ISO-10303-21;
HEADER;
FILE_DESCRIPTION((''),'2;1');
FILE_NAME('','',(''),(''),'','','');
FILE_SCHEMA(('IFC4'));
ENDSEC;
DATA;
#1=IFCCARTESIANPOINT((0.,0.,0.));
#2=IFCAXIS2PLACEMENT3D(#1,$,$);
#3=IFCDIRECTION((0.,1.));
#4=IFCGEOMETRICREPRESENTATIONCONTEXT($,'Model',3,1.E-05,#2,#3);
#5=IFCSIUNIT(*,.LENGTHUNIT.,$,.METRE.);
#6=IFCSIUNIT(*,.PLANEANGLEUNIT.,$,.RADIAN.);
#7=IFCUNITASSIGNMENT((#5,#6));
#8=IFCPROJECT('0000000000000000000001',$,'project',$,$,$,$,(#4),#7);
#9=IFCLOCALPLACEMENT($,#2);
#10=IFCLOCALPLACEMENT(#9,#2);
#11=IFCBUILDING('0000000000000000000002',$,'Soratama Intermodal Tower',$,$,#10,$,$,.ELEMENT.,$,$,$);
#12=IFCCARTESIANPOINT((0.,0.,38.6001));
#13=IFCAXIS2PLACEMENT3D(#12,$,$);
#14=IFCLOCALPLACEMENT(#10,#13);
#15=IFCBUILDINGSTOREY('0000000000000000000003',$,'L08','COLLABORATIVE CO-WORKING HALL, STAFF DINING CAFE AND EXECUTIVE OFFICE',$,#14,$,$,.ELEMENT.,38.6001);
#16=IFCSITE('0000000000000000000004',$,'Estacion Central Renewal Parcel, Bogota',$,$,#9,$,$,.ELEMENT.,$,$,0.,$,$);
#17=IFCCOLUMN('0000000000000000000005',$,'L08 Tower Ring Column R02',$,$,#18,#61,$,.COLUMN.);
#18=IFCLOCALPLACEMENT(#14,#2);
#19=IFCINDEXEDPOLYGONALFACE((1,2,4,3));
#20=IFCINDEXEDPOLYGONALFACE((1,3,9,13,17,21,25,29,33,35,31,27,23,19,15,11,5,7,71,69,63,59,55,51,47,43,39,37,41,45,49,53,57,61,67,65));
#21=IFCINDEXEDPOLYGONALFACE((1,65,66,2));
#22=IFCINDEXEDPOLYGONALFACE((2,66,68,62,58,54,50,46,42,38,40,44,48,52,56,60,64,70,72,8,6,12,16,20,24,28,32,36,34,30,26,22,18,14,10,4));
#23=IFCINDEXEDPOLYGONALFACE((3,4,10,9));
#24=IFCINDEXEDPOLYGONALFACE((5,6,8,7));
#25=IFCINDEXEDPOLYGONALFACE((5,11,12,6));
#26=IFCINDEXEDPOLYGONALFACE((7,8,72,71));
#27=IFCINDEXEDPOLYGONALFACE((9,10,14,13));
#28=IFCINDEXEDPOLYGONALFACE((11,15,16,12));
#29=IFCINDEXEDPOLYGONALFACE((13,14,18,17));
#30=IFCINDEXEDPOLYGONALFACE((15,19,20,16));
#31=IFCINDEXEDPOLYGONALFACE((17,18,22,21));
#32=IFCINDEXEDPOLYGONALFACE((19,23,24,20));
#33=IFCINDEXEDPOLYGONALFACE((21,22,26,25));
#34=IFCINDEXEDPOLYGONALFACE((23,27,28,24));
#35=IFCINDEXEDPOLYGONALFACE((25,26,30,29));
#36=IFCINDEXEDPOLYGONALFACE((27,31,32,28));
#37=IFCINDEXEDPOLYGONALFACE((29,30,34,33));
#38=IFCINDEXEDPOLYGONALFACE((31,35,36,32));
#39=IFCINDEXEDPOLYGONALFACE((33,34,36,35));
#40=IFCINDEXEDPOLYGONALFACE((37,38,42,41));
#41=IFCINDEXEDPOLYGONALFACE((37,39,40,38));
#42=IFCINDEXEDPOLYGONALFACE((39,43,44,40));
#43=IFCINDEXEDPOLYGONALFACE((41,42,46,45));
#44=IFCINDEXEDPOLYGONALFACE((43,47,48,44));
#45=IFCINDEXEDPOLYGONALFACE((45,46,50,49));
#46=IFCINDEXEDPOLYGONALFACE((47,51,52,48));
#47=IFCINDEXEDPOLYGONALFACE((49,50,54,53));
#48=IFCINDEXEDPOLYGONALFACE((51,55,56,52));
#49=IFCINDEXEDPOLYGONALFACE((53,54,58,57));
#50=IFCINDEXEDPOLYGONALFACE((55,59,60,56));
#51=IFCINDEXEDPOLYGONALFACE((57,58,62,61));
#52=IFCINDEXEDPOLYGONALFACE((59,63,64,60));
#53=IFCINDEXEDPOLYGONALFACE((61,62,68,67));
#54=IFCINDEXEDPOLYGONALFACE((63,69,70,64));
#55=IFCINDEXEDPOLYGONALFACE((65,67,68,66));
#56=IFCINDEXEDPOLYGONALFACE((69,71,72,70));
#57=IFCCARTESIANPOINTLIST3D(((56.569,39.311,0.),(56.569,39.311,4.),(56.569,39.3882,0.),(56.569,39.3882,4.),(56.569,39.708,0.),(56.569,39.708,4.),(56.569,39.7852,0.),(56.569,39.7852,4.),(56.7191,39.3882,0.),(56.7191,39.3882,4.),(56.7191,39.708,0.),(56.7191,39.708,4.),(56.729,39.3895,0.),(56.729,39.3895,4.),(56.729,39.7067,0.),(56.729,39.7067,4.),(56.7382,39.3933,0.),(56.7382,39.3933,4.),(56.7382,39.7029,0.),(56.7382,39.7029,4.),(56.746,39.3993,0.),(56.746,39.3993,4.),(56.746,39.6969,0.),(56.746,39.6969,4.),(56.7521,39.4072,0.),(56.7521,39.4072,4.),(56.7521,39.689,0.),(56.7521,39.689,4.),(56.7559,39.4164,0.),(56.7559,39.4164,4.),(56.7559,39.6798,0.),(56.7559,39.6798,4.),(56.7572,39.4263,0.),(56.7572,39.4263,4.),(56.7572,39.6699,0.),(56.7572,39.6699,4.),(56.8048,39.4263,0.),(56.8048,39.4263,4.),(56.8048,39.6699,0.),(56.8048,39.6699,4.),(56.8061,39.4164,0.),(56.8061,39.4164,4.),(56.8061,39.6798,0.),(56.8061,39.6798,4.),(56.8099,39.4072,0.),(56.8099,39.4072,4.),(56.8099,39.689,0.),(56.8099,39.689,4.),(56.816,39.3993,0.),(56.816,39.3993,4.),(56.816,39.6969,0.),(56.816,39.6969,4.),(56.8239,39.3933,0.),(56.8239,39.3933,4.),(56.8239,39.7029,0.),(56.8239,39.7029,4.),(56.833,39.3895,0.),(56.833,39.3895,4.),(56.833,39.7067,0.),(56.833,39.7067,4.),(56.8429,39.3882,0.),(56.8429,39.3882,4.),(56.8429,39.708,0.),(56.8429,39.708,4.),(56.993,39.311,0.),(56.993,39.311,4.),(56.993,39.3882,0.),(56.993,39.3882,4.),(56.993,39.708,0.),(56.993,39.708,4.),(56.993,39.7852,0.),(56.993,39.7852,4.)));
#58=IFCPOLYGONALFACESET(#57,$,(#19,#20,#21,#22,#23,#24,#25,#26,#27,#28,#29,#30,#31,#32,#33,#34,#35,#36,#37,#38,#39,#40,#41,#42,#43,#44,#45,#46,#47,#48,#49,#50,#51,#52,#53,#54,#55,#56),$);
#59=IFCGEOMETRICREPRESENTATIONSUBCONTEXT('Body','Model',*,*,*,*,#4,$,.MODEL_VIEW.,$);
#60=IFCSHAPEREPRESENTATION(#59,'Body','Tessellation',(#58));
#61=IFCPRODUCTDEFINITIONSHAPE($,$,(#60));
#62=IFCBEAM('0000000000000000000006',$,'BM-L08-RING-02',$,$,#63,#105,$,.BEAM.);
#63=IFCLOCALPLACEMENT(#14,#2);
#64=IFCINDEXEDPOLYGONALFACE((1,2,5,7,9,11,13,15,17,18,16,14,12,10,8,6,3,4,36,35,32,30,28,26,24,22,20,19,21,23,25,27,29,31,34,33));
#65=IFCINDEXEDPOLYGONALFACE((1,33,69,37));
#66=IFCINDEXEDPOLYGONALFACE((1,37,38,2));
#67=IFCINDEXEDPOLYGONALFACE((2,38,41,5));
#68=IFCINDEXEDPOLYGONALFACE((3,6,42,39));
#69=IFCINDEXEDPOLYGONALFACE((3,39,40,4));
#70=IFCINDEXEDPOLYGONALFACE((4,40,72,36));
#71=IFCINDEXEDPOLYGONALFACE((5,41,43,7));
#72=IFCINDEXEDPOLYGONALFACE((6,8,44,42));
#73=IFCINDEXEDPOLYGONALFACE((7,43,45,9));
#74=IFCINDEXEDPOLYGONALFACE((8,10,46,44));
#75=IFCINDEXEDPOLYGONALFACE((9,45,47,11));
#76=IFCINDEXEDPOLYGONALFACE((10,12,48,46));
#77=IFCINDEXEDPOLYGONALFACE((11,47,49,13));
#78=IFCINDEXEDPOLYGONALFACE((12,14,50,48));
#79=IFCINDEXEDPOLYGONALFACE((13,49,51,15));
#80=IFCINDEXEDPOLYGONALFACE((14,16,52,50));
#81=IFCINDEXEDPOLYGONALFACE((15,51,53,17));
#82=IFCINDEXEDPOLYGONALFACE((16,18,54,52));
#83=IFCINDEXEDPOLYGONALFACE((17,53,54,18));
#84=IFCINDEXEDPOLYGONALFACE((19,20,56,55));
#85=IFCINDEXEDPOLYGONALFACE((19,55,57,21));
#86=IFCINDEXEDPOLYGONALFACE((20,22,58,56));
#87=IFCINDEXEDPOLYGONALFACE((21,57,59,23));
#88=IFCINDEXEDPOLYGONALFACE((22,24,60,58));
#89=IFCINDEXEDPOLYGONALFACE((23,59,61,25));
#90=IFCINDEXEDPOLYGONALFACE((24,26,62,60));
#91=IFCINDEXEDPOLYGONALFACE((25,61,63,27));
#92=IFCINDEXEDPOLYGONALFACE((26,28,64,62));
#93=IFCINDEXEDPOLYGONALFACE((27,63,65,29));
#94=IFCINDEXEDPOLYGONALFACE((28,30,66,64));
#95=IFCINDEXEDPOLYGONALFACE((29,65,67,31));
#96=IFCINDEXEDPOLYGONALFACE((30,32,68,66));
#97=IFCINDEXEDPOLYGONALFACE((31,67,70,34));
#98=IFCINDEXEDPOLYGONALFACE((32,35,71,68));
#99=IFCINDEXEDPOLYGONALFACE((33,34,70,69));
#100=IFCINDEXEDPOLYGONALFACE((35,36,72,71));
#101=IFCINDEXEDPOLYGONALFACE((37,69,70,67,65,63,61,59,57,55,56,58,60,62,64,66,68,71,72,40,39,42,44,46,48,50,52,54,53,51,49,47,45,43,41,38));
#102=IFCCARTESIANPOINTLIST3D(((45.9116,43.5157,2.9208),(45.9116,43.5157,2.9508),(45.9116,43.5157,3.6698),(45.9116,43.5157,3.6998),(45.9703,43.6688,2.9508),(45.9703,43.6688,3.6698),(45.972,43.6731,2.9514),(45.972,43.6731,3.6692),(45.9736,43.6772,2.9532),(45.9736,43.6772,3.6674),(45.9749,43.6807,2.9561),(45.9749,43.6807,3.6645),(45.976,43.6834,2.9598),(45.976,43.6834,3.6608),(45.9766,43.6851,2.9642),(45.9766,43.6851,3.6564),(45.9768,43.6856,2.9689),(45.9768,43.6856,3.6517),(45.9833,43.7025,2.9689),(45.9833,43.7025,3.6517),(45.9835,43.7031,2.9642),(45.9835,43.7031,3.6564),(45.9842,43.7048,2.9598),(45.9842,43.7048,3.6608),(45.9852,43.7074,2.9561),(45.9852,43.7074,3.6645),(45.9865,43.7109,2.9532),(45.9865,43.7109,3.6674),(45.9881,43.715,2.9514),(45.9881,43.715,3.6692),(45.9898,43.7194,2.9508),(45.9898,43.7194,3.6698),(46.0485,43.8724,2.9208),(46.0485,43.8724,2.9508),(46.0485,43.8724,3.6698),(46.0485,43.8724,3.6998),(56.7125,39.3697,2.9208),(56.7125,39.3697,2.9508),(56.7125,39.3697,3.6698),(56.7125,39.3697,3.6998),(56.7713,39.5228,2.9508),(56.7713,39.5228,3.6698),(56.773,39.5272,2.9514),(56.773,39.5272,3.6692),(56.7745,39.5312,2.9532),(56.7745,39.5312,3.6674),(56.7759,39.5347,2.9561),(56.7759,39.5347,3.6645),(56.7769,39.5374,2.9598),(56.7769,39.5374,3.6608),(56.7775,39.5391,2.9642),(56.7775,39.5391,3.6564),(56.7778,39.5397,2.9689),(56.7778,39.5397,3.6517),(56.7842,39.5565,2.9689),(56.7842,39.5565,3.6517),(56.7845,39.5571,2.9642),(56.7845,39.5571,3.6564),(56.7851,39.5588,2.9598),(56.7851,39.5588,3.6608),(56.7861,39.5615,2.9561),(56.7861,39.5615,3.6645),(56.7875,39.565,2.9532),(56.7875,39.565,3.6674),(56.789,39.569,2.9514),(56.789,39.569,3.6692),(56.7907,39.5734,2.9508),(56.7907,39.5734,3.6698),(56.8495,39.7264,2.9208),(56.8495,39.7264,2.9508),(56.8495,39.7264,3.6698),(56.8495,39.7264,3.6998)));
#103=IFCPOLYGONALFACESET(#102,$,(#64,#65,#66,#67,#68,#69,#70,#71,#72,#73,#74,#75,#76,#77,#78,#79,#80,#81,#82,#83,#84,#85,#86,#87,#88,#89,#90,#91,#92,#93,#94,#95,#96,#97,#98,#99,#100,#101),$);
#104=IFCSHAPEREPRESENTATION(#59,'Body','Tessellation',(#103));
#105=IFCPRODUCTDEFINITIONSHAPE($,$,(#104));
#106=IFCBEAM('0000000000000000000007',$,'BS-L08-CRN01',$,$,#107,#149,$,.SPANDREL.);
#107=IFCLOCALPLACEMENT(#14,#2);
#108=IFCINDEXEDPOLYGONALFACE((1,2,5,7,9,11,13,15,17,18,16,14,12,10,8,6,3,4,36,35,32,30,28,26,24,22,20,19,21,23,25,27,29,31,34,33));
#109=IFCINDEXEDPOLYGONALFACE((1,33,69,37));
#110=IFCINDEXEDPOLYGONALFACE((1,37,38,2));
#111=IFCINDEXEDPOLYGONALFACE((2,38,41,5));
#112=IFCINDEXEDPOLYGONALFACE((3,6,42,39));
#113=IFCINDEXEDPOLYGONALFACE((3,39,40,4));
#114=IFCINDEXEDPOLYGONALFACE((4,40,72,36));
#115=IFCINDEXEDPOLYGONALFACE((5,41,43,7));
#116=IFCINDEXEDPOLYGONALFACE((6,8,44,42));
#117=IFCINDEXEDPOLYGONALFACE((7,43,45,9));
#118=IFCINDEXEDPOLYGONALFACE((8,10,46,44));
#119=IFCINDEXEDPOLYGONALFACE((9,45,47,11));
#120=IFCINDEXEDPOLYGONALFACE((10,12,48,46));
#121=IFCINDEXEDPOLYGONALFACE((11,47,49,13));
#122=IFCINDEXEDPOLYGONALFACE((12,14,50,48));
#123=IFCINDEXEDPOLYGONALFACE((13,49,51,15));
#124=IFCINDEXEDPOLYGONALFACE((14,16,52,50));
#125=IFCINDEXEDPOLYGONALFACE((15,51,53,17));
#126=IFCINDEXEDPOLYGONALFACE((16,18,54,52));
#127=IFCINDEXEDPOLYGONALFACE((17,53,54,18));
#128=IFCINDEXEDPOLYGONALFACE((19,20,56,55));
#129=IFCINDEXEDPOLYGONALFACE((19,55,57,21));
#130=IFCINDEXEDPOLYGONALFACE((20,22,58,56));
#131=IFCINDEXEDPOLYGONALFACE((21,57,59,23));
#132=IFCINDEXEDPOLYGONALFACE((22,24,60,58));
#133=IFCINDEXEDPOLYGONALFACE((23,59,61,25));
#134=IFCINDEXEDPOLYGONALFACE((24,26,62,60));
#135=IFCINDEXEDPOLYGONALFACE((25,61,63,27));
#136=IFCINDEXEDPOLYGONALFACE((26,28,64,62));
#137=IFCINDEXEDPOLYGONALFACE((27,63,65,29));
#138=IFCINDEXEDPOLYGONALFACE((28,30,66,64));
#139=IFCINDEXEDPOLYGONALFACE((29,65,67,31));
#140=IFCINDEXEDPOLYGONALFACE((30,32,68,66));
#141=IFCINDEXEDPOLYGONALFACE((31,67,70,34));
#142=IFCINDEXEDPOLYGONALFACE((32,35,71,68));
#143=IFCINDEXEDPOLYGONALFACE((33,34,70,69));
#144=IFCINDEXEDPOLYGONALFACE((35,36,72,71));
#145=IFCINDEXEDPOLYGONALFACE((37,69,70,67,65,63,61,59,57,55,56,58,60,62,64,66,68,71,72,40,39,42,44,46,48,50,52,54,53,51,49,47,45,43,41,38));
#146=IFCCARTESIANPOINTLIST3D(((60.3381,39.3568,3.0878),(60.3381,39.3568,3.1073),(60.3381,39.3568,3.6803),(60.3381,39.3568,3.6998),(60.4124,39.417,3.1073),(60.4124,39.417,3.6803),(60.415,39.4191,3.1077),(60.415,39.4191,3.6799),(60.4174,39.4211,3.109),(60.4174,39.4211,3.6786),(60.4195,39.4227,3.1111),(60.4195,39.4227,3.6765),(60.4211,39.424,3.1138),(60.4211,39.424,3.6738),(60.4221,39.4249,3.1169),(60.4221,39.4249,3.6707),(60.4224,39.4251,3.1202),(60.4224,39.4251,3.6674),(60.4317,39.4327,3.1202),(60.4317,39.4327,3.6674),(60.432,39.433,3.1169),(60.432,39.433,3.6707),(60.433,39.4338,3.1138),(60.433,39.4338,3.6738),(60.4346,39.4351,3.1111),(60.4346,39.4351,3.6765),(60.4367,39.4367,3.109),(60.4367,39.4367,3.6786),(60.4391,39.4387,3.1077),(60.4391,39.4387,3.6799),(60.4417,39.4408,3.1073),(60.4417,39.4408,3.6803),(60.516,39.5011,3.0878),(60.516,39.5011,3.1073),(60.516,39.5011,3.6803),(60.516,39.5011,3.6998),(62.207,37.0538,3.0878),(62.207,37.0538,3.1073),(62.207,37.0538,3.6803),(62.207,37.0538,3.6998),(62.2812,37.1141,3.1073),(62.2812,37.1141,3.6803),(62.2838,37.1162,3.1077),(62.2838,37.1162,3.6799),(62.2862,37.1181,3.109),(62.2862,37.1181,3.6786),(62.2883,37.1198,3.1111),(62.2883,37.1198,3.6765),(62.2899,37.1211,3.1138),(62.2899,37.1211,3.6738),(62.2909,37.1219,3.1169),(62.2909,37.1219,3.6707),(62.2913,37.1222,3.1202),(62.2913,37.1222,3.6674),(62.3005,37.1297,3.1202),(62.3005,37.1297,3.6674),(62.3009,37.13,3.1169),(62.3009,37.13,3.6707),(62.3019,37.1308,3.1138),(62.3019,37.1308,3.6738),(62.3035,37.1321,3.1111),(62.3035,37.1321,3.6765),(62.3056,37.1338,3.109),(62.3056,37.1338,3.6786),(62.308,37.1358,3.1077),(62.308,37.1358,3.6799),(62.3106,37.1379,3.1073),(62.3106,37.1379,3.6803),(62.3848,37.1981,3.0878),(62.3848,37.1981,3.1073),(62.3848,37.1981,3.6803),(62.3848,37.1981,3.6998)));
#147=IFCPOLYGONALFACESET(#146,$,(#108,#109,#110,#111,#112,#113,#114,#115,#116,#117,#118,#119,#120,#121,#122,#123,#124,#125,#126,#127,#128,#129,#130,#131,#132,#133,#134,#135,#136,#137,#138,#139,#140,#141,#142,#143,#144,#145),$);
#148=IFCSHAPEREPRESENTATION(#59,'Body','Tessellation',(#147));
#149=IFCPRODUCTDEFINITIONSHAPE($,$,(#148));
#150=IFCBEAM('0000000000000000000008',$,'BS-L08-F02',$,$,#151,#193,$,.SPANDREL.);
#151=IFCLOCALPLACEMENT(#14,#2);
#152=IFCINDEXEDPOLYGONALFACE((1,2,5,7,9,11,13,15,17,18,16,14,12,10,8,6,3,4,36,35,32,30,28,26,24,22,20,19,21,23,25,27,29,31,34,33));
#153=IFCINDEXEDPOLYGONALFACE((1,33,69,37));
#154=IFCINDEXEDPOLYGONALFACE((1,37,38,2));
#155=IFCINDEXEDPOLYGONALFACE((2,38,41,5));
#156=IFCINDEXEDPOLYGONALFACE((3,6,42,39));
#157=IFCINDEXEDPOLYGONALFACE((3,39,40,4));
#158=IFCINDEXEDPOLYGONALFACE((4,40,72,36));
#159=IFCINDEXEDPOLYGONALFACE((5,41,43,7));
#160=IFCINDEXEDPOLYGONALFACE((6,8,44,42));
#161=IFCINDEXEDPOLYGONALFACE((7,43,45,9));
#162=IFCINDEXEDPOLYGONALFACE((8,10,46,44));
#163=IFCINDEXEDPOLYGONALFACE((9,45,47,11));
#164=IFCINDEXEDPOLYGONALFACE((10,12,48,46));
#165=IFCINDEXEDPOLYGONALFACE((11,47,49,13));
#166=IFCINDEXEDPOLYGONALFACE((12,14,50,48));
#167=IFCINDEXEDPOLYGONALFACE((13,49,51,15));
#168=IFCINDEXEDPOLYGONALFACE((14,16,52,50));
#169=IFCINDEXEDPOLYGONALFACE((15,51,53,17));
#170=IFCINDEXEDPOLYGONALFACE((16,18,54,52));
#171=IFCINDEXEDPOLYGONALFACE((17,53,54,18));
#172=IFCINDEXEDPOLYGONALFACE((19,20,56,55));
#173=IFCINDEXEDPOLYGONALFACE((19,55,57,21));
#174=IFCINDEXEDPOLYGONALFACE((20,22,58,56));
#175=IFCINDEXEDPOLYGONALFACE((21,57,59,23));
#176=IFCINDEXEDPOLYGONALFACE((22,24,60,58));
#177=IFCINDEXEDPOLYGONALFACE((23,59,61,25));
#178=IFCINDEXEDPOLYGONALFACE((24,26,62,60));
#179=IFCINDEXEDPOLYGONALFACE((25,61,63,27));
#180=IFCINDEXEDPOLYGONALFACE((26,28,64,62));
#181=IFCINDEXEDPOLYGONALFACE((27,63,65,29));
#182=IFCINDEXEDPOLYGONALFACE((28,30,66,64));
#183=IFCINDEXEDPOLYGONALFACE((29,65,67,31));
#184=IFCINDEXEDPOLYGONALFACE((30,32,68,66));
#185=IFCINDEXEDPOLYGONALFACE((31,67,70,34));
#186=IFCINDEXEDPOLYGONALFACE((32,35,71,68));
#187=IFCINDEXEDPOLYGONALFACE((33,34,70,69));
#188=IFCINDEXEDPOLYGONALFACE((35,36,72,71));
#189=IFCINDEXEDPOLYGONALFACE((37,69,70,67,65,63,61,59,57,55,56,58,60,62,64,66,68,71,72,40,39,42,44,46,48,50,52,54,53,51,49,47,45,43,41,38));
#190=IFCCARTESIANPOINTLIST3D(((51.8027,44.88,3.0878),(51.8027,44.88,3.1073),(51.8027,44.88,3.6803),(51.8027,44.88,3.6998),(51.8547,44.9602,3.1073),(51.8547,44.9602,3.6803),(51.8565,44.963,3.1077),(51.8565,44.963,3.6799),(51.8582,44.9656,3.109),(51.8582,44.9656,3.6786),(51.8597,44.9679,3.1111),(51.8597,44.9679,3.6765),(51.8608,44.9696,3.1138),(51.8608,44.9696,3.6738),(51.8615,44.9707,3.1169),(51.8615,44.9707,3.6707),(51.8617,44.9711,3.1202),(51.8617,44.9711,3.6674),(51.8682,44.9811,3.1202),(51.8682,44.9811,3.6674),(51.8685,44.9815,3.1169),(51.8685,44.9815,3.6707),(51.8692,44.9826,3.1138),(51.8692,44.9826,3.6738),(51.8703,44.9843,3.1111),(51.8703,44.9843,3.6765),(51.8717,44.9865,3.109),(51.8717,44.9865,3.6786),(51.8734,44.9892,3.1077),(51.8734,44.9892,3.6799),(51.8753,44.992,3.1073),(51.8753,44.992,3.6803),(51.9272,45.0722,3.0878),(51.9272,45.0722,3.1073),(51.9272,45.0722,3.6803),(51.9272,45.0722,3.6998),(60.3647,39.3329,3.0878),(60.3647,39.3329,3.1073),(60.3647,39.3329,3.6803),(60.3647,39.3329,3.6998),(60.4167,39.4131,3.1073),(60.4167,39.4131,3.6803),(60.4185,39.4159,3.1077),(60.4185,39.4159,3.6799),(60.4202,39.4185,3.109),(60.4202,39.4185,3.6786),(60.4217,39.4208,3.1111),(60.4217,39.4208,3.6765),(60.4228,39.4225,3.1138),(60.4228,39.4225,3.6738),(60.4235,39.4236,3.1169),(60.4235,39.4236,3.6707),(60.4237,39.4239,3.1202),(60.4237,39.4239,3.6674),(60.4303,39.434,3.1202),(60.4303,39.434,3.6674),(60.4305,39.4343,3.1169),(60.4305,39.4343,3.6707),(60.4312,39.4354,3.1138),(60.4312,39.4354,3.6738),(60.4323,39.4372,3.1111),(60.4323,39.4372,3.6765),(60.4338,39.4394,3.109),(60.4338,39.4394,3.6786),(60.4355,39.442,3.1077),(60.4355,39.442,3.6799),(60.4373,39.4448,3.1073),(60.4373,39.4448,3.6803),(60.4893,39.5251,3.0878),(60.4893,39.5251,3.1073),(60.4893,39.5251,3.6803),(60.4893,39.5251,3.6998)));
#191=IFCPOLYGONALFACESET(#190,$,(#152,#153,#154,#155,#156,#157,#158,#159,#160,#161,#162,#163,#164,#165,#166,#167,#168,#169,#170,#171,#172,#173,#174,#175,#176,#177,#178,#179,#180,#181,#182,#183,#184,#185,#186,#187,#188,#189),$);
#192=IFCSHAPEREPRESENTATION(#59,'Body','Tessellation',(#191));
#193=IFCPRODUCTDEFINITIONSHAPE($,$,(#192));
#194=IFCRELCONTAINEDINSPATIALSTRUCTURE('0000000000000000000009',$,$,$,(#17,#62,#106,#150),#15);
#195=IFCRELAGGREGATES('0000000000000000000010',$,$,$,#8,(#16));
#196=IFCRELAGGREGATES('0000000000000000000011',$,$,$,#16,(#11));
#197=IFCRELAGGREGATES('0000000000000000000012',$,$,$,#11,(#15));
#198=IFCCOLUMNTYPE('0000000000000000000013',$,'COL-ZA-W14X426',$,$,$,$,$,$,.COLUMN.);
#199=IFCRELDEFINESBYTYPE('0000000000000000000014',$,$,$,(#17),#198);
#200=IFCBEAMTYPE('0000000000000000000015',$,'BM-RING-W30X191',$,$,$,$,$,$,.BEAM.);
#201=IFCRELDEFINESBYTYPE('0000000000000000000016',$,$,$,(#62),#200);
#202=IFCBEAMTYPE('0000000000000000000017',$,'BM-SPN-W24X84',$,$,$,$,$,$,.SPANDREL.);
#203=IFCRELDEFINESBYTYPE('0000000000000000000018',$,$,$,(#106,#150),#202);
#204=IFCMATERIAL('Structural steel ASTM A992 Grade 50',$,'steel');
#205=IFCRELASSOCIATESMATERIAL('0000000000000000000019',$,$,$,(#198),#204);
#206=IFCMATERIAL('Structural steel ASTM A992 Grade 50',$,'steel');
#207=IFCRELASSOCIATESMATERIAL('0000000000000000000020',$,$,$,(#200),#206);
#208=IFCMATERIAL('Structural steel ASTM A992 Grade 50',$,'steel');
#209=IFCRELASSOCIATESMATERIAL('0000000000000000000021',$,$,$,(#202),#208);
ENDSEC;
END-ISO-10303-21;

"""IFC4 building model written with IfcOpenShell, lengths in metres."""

from ifc_helpers import new_model, si_unit, direction, frame, origin, origin_2d, place, context, subcontext, project, spatial, i_section, extrude, material, material_profile, profile_set, type_object, element, save


model = new_model("IFC4")

# Units and contexts
model_context = context("Model", 3, precision=1e-05, world=origin(), true_north=direction((0.0, 1.0)))
body_context = subcontext(model_context, "Body", "Model", "MODEL_VIEW")
ifc_project = project(units=[si_unit("LENGTHUNIT", "METRE"), si_unit("PLANEANGLEUNIT", "RADIAN")], contexts=[model_context])

# Site, building, storey
site_placement = place(None, origin())
site = spatial("IfcSite", under=ifc_project, at=site_placement, Name="Estacion Central Renewal Parcel, Bogota", CompositionType="ELEMENT", RefElevation=0.0)
building_placement = place(site_placement, origin())
building = spatial("IfcBuilding", under=site, at=building_placement, Name="Soratama Intermodal Tower", CompositionType="ELEMENT")
storey_placement = place(building_placement, frame((0.0, 0.0, 38.6001)))
storey = spatial("IfcBuildingStorey", under=building, at=storey_placement, Name="L08", Description="COLLABORATIVE CO-WORKING HALL, STAFF DINING CAFE AND EXECUTIVE OFFICE", CompositionType="ELEMENT", Elevation=38.6001)

# Column
ifc_material_1 = material(Name="Structural steel ASTM A992 Grade 50", Category="steel")
ifc_material_profile_1 = material_profile(ifc_material_1, i_section(OverallWidth=0.4241, OverallDepth=0.4741, WebThickness=0.0476, FlangeThickness=0.0771, FilletRadius=0.0381, at=origin_2d()), Name="W14X426")
ifc_profile_set_1 = profile_set([ifc_material_profile_1], Name="Structural steel ASTM A992 Grade 50")
column_type = type_object("IfcColumnType", Name="COL-ZA-W14X426", PredefinedType="COLUMN", material=ifc_profile_set_1)
column_placement = place(storey_placement, frame((56.781, 39.5481, 0.0), z_axis=(0.0, 0.0, 1.0), x_axis=(1.0, 0.0, 0.0)))
element("IfcColumn", 1, at=column_placement, inside=storey, type_object=column_type, Name="L08 Tower Ring Column R02", PredefinedType="COLUMN", context=body_context, shape_type="SweptSolid", body=[
    extrude(i_section(OverallWidth=0.4241, OverallDepth=0.4741, WebThickness=0.0476, FlangeThickness=0.0771, FilletRadius=0.0381, at=origin_2d()), origin(), (0.0, 0.0, 1.0), 4.0),
])

# Beams
ifc_material_2 = material(Name="Structural steel ASTM A992 Grade 50", Category="steel")
ifc_material_profile_2 = material_profile(ifc_material_2, i_section(OverallWidth=0.3821, OverallDepth=0.7791, WebThickness=0.0181, FlangeThickness=0.03, FilletRadius=0.0181, at=origin_2d()), Name="W30X191")
ifc_profile_set_2 = profile_set([ifc_material_profile_2], Name="Structural steel ASTM A992 Grade 50")
beam_type_1 = type_object("IfcBeamType", Name="BM-RING-W30X191", PredefinedType="BEAM", material=ifc_profile_set_2)
beam_1_placement = place(storey_placement, frame((56.781, 39.5481, 3.3103), z_axis=(-0.933584, 0.358358, 0.0), x_axis=(-0.358358, -0.933584, 0.0)))
element("IfcBeam", 2, at=beam_1_placement, inside=storey, type_object=beam_type_1, Name="BM-L08-RING-02", PredefinedType="BEAM", context=body_context, shape_type="SweptSolid", body=[
    extrude(i_section(OverallWidth=0.3821, OverallDepth=0.7791, WebThickness=0.0181, FlangeThickness=0.03, FilletRadius=0.0181, at=origin_2d()), origin(), (0.0, 0.0, 1.0), 11.5693),
])
ifc_material_3 = material(Name="Structural steel ASTM A992 Grade 50", Category="steel")
ifc_material_profile_3 = material_profile(ifc_material_3, i_section(OverallWidth=0.229, OverallDepth=0.6121, WebThickness=0.012, FlangeThickness=0.0195, FilletRadius=0.0129, at=origin_2d()), Name="W24X84")
ifc_profile_set_3 = profile_set([ifc_material_profile_3], Name="Structural steel ASTM A992 Grade 50")
beam_type_2 = type_object("IfcBeamType", Name="BM-SPN-W24X84", PredefinedType="SPANDREL", material=ifc_profile_set_3)
beam_2_placement = place(storey_placement, frame((62.2959, 37.126, 3.3938), z_axis=(-0.630131, 0.776489, 0.0), x_axis=(-0.776489, -0.630131, 0.0)))
element("IfcBeam", 3, at=beam_2_placement, inside=storey, type_object=beam_type_2, Name="BS-L08-CRN01", PredefinedType="SPANDREL", context=body_context, shape_type="SweptSolid", body=[
    extrude(i_section(OverallWidth=0.229, OverallDepth=0.6121, WebThickness=0.012, FlangeThickness=0.0195, FilletRadius=0.0129, at=origin_2d()), origin(), (0.0, 0.0, 1.0), 2.9658),
])
beam_3_placement = place(storey_placement, frame((60.427, 39.429, 3.3938), z_axis=(-0.839257, 0.543734, 0.0), x_axis=(-0.543734, -0.839257, 0.0)))
element("IfcBeam", 4, at=beam_3_placement, inside=storey, type_object=beam_type_2, Name="BS-L08-F02", PredefinedType="SPANDREL", context=body_context, shape_type="SweptSolid", body=[
    extrude(i_section(OverallWidth=0.229, OverallDepth=0.6121, WebThickness=0.012, FlangeThickness=0.0195, FilletRadius=0.0129, at=origin_2d()), origin(), (0.0, 0.0, 1.0), 10.2019),
])

save(model, "model.ifc")
